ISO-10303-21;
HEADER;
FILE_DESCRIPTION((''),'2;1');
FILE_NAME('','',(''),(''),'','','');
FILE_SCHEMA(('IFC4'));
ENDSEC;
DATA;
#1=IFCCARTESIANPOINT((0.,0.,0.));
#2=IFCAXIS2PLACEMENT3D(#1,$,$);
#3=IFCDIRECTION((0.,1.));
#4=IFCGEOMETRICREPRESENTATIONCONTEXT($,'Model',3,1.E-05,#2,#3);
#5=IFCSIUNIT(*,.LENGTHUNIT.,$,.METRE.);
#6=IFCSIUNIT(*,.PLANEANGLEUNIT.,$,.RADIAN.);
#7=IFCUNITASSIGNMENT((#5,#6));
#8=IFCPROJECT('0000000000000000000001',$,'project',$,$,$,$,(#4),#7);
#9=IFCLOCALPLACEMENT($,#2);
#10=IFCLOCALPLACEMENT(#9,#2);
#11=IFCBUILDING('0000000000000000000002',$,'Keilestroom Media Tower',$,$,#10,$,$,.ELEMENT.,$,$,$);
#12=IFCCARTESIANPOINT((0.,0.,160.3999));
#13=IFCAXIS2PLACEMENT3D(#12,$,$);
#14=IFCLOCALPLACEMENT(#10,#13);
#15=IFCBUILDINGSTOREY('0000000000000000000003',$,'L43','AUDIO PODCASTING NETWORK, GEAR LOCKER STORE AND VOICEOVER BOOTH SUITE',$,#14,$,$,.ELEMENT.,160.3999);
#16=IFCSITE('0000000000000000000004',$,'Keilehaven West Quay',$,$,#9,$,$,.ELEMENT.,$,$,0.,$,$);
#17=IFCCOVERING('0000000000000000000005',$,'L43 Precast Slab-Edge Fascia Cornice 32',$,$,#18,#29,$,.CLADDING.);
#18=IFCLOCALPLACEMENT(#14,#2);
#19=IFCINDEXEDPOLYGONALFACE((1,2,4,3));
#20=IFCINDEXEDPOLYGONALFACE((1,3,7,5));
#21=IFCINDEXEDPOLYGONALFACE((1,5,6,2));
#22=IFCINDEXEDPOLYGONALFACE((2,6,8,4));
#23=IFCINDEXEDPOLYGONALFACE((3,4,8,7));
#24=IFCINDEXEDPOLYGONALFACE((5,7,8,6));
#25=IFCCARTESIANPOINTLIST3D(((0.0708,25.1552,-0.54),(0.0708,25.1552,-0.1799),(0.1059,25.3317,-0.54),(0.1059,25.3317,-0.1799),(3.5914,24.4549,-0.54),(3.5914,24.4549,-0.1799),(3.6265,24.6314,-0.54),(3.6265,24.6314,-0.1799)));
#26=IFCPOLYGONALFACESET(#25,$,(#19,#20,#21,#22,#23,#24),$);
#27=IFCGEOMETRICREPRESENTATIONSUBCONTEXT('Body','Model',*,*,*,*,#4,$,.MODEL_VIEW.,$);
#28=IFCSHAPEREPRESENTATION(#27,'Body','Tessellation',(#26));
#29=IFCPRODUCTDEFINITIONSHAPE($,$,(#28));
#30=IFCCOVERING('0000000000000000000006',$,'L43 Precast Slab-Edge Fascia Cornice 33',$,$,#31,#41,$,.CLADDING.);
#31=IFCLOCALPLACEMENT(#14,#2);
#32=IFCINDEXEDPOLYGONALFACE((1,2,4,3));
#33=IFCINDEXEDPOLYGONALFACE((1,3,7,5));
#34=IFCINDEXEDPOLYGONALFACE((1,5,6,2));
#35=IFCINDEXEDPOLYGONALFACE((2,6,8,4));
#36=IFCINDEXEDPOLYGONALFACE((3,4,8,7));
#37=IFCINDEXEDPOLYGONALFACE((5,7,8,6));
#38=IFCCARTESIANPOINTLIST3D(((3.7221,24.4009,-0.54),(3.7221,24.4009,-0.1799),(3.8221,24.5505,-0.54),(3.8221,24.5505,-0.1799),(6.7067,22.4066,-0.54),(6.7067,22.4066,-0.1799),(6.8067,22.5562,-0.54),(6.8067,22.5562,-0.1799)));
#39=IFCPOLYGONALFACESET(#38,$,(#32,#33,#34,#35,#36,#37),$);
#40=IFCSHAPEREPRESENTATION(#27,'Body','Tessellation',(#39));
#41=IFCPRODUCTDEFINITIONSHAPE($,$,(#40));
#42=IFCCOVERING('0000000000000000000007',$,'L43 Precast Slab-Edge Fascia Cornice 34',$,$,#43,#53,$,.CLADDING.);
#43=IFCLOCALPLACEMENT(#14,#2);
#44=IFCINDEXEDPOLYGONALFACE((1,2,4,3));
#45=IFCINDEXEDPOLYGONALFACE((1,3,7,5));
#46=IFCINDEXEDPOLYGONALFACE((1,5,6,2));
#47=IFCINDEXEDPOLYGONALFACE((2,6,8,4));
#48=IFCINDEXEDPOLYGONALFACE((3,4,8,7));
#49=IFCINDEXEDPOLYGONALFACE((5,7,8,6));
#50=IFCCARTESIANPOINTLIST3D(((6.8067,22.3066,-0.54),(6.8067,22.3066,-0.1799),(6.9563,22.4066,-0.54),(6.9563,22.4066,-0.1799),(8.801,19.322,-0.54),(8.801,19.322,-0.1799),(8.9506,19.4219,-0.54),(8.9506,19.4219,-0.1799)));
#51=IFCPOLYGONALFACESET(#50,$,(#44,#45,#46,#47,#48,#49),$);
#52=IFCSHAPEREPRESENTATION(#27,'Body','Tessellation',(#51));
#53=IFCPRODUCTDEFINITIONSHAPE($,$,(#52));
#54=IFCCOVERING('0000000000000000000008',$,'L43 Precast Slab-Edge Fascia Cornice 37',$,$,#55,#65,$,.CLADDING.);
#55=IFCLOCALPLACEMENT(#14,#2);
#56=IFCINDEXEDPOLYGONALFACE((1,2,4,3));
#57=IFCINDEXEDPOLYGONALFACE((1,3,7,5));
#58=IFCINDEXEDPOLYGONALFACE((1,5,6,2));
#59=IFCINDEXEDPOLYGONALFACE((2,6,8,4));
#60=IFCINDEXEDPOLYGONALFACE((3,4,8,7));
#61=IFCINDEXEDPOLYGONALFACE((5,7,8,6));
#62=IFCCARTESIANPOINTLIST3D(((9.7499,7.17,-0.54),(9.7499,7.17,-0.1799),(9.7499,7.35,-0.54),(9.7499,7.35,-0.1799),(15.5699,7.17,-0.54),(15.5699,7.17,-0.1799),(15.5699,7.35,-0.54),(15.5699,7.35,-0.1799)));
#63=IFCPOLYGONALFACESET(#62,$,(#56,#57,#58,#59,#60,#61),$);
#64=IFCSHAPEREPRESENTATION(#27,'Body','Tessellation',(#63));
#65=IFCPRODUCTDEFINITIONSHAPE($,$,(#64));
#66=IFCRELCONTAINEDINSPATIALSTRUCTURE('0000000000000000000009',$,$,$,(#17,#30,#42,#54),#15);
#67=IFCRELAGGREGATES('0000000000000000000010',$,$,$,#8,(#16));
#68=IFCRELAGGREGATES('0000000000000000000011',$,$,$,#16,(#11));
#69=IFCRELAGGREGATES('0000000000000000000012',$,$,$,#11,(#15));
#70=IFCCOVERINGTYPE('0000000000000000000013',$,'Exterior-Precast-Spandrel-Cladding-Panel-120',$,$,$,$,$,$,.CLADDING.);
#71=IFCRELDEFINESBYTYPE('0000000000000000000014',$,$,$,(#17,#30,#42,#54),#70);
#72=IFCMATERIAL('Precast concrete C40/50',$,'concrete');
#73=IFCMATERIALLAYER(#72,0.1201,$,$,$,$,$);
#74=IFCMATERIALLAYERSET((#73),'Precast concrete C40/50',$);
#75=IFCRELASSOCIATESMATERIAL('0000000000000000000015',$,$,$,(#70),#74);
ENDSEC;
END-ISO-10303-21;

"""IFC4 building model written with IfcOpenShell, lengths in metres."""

from ifc_helpers import new_model, si_unit, direction, frame, origin, origin_2d, place, context, subcontext, project, spatial, rectangle, extrude, source, transform, mapped, material, layer, layer_set, type_object, element, save


model = new_model("IFC4")

# Units and contexts
model_context = context("Model", 3, precision=1e-05, world=origin(), true_north=direction((0.0, 1.0)))
body_context = subcontext(model_context, "Body", "Model", "MODEL_VIEW")
ifc_project = project(units=[si_unit("LENGTHUNIT", "METRE"), si_unit("PLANEANGLEUNIT", "RADIAN")], contexts=[model_context])

# Site, building, storey
site_placement = place(None, origin())
site = spatial("IfcSite", under=ifc_project, at=site_placement, Name="Keilehaven West Quay", CompositionType="ELEMENT", RefElevation=0.0)
building_placement = place(site_placement, origin())
building = spatial("IfcBuilding", under=site, at=building_placement, Name="Keilestroom Media Tower", CompositionType="ELEMENT")
storey_placement = place(building_placement, frame((0.0, 0.0, 160.3999)))
storey = spatial("IfcBuildingStorey", under=building, at=storey_placement, Name="L43", Description="AUDIO PODCASTING NETWORK, GEAR LOCKER STORE AND VOICEOVER BOOTH SUITE", CompositionType="ELEMENT", Elevation=160.3999)

# Shared definitions
ifc_material_1 = material(Name="Precast concrete C40/50", Category="concrete")

# Coverings
ifc_layer_1 = layer(ifc_material_1, 0.1201)
ifc_layer_set_1 = layer_set([ifc_layer_1], Name="Precast concrete C40/50")
covering_type = type_object("IfcCoveringType", Name="Exterior-Precast-Spandrel-Cladding-Panel-120", PredefinedType="CLADDING", material=ifc_layer_set_1)
shared_shape_1 = source(origin(), body_context, "Body", "SweptSolid", [
    extrude(rectangle(XDim=3.5896, YDim=0.1799, at=origin_2d()), origin(), (0.0, 0.0, 1.0), 0.3601),
])
for number, where, z_axis, x_axis, name in (
    (1, (1.8486, 24.8933, -0.54), (0.0, 0.0, 1.0), (0.980784, -0.195099, 0.0), "L43 Precast Slab-Edge Fascia Cornice 32"),
    (2, (5.2644, 23.4785, -0.54), (0.0, 0.0, 1.0), (0.831467, -0.555575, 0.0), "L43 Precast Slab-Edge Fascia Cornice 33"),
    (3, (7.8787, 20.8643, -0.54), (0.0, 0.0, 1.0), (0.555575, -0.831467, 0.0), "L43 Precast Slab-Edge Fascia Cornice 34"),
):
    element("IfcCovering", number, at=place(storey_placement, frame(where, z_axis=z_axis, x_axis=x_axis)), inside=storey, type_object=covering_type, Name=name, PredefinedType="CLADDING", context=body_context, shape_type="MappedRepresentation", body=[
        mapped(shared_shape_1, transform((0.0, 0.0, 0.0), x_axis=(1.0, 0.0, 0.0), y_axis=(0.0, 1.0, 0.0), z_axis=(0.0, 0.0, 1.0), scale=1.0)),
    ])
shared_shape_2 = source(origin(), body_context, "Body", "SweptSolid", [
    extrude(rectangle(XDim=5.8201, YDim=0.1799, at=origin_2d()), origin(), (0.0, 0.0, 1.0), 0.3601),
])
covering_1_placement = place(storey_placement, frame((12.6599, 7.26, -0.54), z_axis=(0.0, 0.0, 1.0), x_axis=(1.0, 0.0, 0.0)))
element("IfcCovering", 4, at=covering_1_placement, inside=storey, type_object=covering_type, Name="L43 Precast Slab-Edge Fascia Cornice 37", PredefinedType="CLADDING", context=body_context, shape_type="MappedRepresentation", body=[
    mapped(shared_shape_2, transform((0.0, 0.0, 0.0), x_axis=(1.0, 0.0, 0.0), y_axis=(0.0, 1.0, 0.0), z_axis=(0.0, 0.0, 1.0), scale=1.0)),
])

save(model, "model.ifc")
